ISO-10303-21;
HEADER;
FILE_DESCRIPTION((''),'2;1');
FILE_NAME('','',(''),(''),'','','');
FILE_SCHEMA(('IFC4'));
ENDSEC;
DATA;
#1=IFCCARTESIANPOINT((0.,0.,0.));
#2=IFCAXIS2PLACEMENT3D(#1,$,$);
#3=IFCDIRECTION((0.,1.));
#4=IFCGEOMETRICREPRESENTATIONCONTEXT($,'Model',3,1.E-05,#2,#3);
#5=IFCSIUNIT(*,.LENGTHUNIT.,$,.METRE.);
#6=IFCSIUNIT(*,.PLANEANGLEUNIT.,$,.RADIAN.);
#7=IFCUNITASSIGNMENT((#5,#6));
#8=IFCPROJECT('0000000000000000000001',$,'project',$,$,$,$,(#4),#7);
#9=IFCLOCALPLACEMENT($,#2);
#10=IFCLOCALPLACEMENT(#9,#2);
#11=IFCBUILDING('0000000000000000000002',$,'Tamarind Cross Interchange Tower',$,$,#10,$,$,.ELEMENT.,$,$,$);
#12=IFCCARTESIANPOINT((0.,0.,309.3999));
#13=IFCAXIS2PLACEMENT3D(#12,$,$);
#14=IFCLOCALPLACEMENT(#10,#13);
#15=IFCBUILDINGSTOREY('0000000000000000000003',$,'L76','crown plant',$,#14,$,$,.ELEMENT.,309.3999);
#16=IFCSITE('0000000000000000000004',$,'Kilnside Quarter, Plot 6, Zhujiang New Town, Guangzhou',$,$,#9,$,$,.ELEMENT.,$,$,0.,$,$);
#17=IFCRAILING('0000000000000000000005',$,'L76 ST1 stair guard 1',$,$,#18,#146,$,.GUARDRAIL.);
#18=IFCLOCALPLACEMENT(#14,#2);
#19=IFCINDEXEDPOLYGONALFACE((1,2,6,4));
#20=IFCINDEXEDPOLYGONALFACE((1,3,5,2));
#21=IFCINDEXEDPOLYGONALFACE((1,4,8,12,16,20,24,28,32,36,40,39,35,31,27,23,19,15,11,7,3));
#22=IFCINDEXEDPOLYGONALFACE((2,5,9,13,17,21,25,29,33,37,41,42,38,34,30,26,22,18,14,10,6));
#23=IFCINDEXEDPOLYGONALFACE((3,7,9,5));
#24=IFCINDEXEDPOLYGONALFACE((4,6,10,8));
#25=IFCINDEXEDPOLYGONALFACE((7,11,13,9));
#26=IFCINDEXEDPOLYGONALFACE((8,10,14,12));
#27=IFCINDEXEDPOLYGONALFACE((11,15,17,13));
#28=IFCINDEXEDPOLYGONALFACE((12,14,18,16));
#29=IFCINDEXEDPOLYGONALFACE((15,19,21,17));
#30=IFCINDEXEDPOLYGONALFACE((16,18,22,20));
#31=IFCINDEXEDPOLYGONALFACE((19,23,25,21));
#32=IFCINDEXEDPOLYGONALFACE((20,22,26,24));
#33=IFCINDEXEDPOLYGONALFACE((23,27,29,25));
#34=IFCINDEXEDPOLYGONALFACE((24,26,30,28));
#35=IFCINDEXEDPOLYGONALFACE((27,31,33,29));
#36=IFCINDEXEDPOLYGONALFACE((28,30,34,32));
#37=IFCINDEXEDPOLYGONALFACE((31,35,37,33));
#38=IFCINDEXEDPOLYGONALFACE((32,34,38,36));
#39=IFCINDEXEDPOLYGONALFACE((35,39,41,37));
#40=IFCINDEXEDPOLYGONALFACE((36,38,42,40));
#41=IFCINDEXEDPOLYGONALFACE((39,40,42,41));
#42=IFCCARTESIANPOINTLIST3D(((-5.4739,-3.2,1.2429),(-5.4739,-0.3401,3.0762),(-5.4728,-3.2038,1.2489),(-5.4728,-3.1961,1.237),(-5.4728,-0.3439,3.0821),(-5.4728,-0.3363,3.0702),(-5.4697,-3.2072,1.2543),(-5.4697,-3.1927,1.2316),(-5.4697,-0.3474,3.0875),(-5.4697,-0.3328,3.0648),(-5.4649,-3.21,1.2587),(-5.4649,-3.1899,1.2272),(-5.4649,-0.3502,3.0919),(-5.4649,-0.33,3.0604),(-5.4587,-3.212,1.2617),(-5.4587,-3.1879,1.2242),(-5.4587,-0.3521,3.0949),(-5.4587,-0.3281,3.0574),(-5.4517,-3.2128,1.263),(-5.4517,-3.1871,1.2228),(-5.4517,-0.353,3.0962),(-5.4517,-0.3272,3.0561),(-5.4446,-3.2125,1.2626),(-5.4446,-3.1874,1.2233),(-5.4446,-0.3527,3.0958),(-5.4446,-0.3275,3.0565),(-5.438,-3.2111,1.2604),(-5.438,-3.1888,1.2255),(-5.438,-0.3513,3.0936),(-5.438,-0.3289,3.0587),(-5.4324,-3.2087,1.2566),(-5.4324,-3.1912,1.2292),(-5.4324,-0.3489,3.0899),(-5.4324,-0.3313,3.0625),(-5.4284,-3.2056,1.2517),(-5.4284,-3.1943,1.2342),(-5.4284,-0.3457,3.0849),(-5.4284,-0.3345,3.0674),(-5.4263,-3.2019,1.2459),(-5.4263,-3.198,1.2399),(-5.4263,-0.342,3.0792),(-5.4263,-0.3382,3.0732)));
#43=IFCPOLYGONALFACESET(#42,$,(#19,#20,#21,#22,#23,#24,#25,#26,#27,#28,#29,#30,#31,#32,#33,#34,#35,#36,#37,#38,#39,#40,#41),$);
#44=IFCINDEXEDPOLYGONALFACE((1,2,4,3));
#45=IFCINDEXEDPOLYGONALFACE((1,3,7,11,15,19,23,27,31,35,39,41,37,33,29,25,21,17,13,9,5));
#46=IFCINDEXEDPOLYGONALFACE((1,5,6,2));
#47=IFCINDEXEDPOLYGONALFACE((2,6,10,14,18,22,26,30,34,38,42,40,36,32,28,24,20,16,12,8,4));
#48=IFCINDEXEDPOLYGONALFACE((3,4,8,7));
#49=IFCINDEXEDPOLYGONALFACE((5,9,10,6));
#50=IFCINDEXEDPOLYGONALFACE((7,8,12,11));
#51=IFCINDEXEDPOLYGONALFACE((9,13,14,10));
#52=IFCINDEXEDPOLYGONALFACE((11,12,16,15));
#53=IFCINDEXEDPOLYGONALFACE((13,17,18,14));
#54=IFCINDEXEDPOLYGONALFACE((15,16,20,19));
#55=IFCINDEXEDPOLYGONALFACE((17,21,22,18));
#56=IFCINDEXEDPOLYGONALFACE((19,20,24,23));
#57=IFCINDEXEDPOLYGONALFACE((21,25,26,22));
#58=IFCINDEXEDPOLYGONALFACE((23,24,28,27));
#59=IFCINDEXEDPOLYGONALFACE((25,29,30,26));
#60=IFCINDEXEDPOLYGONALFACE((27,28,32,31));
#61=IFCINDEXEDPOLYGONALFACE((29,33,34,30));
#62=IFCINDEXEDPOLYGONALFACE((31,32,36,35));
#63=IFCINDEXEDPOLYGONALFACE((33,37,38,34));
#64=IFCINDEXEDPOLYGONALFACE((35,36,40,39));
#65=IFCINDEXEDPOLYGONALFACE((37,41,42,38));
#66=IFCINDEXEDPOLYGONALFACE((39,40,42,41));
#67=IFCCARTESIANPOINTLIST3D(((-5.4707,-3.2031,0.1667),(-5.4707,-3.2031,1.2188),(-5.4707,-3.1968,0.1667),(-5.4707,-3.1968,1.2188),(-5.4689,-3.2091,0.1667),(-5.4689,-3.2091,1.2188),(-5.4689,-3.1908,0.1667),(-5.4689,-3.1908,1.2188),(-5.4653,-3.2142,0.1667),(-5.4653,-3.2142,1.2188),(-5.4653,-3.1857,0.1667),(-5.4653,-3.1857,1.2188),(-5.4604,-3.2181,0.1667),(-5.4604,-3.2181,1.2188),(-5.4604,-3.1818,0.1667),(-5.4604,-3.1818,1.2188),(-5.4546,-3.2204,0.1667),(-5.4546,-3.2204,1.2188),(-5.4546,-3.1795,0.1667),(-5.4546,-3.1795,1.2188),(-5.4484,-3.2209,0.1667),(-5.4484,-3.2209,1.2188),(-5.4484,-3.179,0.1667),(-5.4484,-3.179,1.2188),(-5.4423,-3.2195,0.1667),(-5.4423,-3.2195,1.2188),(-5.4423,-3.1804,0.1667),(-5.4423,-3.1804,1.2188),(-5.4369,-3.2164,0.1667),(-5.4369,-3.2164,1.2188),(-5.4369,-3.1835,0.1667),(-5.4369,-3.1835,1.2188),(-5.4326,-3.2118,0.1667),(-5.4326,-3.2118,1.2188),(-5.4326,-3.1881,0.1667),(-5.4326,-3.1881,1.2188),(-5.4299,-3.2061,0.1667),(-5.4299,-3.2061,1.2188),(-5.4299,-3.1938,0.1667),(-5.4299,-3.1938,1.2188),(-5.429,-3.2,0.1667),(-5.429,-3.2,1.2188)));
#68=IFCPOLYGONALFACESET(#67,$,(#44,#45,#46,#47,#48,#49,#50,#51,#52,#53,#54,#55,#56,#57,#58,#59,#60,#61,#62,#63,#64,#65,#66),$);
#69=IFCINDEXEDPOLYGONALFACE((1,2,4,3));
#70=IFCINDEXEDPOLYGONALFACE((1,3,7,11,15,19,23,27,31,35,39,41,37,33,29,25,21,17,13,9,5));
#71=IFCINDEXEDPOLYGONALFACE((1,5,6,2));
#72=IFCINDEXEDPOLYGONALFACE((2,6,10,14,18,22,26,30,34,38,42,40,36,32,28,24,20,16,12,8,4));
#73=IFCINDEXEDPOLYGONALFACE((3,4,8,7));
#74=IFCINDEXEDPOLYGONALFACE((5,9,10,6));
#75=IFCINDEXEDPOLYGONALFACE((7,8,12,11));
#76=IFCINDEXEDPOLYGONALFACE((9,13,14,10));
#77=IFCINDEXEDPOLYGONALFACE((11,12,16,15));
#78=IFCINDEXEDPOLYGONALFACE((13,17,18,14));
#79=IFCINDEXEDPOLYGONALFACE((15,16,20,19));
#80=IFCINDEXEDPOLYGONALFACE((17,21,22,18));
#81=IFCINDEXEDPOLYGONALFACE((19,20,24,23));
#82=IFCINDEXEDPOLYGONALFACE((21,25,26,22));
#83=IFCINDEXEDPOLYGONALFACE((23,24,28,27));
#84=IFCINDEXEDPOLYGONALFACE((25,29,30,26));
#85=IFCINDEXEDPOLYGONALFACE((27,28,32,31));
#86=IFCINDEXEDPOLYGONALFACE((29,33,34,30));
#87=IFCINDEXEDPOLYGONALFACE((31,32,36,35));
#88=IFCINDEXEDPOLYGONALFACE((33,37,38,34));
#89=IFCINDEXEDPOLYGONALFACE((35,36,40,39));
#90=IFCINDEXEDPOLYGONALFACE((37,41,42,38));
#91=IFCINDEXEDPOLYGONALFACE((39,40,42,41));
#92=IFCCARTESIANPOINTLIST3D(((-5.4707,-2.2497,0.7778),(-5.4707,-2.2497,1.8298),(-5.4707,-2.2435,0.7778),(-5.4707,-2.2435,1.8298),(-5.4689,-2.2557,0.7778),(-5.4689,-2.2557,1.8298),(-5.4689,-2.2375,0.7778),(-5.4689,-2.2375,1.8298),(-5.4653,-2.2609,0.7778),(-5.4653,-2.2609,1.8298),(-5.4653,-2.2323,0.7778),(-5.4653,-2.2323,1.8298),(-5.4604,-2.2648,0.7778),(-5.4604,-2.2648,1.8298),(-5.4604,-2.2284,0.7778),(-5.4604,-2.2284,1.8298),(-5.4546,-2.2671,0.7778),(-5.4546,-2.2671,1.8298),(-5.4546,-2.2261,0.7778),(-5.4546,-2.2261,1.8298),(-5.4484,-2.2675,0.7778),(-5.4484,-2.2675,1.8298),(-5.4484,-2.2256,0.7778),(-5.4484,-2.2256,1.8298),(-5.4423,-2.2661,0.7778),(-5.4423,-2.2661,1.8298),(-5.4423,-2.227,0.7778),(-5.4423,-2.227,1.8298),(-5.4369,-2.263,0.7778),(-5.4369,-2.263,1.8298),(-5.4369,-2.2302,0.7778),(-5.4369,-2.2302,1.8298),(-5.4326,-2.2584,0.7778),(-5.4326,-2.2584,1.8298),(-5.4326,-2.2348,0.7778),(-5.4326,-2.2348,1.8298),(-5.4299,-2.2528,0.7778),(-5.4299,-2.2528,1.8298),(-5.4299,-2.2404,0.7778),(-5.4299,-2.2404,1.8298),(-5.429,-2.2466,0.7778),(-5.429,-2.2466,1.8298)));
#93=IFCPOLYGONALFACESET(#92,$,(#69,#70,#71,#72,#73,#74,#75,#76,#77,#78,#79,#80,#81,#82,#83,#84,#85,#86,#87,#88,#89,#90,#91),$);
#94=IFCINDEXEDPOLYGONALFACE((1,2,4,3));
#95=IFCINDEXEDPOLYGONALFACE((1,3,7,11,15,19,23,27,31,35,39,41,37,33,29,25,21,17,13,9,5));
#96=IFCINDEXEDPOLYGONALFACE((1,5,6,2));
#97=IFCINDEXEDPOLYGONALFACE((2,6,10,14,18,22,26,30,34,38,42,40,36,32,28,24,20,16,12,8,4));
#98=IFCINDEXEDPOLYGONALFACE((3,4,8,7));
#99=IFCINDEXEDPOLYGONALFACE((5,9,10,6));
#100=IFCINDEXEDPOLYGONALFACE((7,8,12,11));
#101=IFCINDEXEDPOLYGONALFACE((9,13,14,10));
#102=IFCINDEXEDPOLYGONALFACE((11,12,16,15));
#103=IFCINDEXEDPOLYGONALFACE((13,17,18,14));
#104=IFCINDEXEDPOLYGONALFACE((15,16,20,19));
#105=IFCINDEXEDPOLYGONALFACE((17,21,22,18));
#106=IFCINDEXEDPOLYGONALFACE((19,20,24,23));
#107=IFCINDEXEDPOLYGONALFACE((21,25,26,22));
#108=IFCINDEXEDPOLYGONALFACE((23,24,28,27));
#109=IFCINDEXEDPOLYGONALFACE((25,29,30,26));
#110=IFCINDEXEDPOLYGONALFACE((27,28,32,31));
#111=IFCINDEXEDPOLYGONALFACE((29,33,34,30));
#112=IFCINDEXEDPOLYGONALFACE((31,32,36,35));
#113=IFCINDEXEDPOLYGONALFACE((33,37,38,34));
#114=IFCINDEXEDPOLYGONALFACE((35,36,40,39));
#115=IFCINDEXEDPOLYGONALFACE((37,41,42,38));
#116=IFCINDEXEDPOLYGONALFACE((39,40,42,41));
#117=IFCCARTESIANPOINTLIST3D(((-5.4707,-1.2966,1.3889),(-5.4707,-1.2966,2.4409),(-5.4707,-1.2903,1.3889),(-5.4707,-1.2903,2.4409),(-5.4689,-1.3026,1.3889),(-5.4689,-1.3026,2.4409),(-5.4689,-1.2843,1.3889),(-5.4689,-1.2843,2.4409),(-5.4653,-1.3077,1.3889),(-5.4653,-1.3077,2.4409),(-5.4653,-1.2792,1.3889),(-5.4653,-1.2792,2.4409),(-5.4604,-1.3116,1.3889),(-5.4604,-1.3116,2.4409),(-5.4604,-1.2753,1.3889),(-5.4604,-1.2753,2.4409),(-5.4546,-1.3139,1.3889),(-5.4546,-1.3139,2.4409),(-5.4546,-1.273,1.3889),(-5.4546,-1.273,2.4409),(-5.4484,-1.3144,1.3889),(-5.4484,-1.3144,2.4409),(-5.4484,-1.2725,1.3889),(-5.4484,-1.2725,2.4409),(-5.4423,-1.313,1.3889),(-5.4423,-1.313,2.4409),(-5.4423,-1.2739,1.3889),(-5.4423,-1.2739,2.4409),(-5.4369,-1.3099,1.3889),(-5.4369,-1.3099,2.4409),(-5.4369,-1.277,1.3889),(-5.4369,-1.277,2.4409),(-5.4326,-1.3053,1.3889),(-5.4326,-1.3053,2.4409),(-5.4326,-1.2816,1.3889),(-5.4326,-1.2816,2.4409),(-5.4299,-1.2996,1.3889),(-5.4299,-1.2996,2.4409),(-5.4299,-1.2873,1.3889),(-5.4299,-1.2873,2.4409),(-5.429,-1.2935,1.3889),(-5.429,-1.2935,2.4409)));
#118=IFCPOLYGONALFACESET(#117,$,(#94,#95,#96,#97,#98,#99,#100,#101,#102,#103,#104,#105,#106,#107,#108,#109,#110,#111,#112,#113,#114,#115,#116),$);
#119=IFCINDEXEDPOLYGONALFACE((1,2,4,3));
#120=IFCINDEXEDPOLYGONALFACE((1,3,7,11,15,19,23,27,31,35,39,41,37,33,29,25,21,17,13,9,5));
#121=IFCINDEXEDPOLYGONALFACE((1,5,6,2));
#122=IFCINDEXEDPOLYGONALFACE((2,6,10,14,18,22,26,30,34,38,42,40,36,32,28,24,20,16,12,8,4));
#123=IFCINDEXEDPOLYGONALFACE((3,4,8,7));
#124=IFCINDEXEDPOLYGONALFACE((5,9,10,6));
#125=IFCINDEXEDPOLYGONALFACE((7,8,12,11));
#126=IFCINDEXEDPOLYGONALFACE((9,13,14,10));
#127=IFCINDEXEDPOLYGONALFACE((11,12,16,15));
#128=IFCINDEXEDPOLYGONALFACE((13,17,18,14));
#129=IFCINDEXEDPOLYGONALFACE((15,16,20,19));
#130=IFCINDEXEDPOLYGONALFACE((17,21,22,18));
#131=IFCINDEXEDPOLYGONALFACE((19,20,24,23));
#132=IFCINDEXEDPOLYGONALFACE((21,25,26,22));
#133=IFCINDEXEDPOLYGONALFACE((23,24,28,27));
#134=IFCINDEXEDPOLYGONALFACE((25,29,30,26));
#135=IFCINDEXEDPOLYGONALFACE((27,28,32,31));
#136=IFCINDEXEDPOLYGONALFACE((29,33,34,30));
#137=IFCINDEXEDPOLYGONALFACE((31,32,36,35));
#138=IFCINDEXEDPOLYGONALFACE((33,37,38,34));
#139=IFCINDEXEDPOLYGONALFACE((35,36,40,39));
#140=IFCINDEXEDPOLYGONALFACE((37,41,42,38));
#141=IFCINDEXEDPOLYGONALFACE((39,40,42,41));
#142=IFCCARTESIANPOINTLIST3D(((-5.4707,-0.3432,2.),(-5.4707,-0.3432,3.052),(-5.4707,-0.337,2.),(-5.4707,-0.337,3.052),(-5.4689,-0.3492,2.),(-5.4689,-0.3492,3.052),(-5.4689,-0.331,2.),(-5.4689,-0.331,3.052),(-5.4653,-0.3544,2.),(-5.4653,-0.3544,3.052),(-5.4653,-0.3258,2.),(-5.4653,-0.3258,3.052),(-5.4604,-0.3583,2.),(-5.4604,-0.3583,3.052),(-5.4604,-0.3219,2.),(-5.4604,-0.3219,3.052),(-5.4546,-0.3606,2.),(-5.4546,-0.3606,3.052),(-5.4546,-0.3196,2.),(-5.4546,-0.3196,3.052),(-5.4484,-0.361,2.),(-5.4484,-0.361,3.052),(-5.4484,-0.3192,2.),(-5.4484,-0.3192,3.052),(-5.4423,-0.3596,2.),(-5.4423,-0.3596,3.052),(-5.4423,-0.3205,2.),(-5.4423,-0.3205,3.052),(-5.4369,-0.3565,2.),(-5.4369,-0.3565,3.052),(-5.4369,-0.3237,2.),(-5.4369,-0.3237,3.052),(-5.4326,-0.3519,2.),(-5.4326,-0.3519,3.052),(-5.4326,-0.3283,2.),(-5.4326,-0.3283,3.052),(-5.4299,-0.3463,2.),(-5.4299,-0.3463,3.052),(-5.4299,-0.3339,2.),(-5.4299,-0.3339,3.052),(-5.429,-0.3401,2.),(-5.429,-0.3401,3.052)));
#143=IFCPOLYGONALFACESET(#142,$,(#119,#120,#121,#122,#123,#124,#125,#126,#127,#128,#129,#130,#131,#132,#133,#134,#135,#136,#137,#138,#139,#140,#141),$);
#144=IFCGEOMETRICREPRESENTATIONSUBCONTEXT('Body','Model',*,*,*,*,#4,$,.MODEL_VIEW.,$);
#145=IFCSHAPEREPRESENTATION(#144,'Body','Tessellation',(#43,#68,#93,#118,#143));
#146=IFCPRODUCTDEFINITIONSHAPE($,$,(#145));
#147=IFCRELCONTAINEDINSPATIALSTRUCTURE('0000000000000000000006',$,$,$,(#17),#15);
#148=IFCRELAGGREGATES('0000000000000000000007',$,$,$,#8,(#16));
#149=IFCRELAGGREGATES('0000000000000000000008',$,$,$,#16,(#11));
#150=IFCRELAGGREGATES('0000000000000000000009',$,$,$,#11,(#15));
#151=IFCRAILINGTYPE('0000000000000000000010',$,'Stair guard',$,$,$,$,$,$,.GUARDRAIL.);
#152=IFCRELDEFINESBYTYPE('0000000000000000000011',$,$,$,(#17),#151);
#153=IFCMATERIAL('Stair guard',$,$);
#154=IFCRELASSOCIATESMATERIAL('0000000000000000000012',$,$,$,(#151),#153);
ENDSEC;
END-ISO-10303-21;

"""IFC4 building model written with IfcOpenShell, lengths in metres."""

from ifc_helpers import new_model, si_unit, direction, frame, origin, origin_2d, place, context, subcontext, project, spatial, circle, extrude, material, type_object, element, save


model = new_model("IFC4")

# Units and contexts
model_context = context("Model", 3, precision=1e-05, world=origin(), true_north=direction((0.0, 1.0)))
body_context = subcontext(model_context, "Body", "Model", "MODEL_VIEW")
ifc_project = project(units=[si_unit("LENGTHUNIT", "METRE"), si_unit("PLANEANGLEUNIT", "RADIAN")], contexts=[model_context])

# Site, building, storey
site_placement = place(None, origin())
site = spatial("IfcSite", under=ifc_project, at=site_placement, Name="Kilnside Quarter, Plot 6, Zhujiang New Town, Guangzhou", CompositionType="ELEMENT", RefElevation=0.0)
building_placement = place(site_placement, origin())
building = spatial("IfcBuilding", under=site, at=building_placement, Name="Tamarind Cross Interchange Tower", CompositionType="ELEMENT")
storey_placement = place(building_placement, frame((0.0, 0.0, 309.3999)))
storey = spatial("IfcBuildingStorey", under=building, at=storey_placement, Name="L76", Description="crown plant", CompositionType="ELEMENT", Elevation=309.3999)

# Railing
ifc_material_1 = material(Name="Stair guard")
railing_type_1 = type_object("IfcRailingType", Name="Stair guard", PredefinedType="GUARDRAIL", material=ifc_material_1)
railing_1_placement = place(storey_placement, frame((-5.45, -3.2, 0.1667)))
element("IfcRailing", 1, at=railing_1_placement, inside=storey, type_object=railing_type_1, Name="L76 ST1 stair guard 1", PredefinedType="GUARDRAIL", context=body_context, shape_type="SweptSolid", body=[
    extrude(circle(Radius=0.0239, at=origin_2d()), frame((0.0, 0.0, 1.0762), z_axis=(0.0, 0.841878, 0.539667), x_axis=(-1.0, 0.0, 0.0)), (0.0, 0.0, 1.0), 3.397),
    extrude(circle(Radius=0.021, at=origin_2d()), origin(), (0.0, 0.0, 1.0), 1.052),
    extrude(circle(Radius=0.021, at=origin_2d()), frame((0.0, 0.9534, 0.6111)), (0.0, 0.0, 1.0), 1.052),
    extrude(circle(Radius=0.021, at=origin_2d()), frame((0.0, 1.9065, 1.2222)), (0.0, 0.0, 1.0), 1.052),
    extrude(circle(Radius=0.021, at=origin_2d()), frame((0.0, 2.8599, 1.8333)), (0.0, 0.0, 1.0), 1.052),
])

save(model, "model.ifc")
